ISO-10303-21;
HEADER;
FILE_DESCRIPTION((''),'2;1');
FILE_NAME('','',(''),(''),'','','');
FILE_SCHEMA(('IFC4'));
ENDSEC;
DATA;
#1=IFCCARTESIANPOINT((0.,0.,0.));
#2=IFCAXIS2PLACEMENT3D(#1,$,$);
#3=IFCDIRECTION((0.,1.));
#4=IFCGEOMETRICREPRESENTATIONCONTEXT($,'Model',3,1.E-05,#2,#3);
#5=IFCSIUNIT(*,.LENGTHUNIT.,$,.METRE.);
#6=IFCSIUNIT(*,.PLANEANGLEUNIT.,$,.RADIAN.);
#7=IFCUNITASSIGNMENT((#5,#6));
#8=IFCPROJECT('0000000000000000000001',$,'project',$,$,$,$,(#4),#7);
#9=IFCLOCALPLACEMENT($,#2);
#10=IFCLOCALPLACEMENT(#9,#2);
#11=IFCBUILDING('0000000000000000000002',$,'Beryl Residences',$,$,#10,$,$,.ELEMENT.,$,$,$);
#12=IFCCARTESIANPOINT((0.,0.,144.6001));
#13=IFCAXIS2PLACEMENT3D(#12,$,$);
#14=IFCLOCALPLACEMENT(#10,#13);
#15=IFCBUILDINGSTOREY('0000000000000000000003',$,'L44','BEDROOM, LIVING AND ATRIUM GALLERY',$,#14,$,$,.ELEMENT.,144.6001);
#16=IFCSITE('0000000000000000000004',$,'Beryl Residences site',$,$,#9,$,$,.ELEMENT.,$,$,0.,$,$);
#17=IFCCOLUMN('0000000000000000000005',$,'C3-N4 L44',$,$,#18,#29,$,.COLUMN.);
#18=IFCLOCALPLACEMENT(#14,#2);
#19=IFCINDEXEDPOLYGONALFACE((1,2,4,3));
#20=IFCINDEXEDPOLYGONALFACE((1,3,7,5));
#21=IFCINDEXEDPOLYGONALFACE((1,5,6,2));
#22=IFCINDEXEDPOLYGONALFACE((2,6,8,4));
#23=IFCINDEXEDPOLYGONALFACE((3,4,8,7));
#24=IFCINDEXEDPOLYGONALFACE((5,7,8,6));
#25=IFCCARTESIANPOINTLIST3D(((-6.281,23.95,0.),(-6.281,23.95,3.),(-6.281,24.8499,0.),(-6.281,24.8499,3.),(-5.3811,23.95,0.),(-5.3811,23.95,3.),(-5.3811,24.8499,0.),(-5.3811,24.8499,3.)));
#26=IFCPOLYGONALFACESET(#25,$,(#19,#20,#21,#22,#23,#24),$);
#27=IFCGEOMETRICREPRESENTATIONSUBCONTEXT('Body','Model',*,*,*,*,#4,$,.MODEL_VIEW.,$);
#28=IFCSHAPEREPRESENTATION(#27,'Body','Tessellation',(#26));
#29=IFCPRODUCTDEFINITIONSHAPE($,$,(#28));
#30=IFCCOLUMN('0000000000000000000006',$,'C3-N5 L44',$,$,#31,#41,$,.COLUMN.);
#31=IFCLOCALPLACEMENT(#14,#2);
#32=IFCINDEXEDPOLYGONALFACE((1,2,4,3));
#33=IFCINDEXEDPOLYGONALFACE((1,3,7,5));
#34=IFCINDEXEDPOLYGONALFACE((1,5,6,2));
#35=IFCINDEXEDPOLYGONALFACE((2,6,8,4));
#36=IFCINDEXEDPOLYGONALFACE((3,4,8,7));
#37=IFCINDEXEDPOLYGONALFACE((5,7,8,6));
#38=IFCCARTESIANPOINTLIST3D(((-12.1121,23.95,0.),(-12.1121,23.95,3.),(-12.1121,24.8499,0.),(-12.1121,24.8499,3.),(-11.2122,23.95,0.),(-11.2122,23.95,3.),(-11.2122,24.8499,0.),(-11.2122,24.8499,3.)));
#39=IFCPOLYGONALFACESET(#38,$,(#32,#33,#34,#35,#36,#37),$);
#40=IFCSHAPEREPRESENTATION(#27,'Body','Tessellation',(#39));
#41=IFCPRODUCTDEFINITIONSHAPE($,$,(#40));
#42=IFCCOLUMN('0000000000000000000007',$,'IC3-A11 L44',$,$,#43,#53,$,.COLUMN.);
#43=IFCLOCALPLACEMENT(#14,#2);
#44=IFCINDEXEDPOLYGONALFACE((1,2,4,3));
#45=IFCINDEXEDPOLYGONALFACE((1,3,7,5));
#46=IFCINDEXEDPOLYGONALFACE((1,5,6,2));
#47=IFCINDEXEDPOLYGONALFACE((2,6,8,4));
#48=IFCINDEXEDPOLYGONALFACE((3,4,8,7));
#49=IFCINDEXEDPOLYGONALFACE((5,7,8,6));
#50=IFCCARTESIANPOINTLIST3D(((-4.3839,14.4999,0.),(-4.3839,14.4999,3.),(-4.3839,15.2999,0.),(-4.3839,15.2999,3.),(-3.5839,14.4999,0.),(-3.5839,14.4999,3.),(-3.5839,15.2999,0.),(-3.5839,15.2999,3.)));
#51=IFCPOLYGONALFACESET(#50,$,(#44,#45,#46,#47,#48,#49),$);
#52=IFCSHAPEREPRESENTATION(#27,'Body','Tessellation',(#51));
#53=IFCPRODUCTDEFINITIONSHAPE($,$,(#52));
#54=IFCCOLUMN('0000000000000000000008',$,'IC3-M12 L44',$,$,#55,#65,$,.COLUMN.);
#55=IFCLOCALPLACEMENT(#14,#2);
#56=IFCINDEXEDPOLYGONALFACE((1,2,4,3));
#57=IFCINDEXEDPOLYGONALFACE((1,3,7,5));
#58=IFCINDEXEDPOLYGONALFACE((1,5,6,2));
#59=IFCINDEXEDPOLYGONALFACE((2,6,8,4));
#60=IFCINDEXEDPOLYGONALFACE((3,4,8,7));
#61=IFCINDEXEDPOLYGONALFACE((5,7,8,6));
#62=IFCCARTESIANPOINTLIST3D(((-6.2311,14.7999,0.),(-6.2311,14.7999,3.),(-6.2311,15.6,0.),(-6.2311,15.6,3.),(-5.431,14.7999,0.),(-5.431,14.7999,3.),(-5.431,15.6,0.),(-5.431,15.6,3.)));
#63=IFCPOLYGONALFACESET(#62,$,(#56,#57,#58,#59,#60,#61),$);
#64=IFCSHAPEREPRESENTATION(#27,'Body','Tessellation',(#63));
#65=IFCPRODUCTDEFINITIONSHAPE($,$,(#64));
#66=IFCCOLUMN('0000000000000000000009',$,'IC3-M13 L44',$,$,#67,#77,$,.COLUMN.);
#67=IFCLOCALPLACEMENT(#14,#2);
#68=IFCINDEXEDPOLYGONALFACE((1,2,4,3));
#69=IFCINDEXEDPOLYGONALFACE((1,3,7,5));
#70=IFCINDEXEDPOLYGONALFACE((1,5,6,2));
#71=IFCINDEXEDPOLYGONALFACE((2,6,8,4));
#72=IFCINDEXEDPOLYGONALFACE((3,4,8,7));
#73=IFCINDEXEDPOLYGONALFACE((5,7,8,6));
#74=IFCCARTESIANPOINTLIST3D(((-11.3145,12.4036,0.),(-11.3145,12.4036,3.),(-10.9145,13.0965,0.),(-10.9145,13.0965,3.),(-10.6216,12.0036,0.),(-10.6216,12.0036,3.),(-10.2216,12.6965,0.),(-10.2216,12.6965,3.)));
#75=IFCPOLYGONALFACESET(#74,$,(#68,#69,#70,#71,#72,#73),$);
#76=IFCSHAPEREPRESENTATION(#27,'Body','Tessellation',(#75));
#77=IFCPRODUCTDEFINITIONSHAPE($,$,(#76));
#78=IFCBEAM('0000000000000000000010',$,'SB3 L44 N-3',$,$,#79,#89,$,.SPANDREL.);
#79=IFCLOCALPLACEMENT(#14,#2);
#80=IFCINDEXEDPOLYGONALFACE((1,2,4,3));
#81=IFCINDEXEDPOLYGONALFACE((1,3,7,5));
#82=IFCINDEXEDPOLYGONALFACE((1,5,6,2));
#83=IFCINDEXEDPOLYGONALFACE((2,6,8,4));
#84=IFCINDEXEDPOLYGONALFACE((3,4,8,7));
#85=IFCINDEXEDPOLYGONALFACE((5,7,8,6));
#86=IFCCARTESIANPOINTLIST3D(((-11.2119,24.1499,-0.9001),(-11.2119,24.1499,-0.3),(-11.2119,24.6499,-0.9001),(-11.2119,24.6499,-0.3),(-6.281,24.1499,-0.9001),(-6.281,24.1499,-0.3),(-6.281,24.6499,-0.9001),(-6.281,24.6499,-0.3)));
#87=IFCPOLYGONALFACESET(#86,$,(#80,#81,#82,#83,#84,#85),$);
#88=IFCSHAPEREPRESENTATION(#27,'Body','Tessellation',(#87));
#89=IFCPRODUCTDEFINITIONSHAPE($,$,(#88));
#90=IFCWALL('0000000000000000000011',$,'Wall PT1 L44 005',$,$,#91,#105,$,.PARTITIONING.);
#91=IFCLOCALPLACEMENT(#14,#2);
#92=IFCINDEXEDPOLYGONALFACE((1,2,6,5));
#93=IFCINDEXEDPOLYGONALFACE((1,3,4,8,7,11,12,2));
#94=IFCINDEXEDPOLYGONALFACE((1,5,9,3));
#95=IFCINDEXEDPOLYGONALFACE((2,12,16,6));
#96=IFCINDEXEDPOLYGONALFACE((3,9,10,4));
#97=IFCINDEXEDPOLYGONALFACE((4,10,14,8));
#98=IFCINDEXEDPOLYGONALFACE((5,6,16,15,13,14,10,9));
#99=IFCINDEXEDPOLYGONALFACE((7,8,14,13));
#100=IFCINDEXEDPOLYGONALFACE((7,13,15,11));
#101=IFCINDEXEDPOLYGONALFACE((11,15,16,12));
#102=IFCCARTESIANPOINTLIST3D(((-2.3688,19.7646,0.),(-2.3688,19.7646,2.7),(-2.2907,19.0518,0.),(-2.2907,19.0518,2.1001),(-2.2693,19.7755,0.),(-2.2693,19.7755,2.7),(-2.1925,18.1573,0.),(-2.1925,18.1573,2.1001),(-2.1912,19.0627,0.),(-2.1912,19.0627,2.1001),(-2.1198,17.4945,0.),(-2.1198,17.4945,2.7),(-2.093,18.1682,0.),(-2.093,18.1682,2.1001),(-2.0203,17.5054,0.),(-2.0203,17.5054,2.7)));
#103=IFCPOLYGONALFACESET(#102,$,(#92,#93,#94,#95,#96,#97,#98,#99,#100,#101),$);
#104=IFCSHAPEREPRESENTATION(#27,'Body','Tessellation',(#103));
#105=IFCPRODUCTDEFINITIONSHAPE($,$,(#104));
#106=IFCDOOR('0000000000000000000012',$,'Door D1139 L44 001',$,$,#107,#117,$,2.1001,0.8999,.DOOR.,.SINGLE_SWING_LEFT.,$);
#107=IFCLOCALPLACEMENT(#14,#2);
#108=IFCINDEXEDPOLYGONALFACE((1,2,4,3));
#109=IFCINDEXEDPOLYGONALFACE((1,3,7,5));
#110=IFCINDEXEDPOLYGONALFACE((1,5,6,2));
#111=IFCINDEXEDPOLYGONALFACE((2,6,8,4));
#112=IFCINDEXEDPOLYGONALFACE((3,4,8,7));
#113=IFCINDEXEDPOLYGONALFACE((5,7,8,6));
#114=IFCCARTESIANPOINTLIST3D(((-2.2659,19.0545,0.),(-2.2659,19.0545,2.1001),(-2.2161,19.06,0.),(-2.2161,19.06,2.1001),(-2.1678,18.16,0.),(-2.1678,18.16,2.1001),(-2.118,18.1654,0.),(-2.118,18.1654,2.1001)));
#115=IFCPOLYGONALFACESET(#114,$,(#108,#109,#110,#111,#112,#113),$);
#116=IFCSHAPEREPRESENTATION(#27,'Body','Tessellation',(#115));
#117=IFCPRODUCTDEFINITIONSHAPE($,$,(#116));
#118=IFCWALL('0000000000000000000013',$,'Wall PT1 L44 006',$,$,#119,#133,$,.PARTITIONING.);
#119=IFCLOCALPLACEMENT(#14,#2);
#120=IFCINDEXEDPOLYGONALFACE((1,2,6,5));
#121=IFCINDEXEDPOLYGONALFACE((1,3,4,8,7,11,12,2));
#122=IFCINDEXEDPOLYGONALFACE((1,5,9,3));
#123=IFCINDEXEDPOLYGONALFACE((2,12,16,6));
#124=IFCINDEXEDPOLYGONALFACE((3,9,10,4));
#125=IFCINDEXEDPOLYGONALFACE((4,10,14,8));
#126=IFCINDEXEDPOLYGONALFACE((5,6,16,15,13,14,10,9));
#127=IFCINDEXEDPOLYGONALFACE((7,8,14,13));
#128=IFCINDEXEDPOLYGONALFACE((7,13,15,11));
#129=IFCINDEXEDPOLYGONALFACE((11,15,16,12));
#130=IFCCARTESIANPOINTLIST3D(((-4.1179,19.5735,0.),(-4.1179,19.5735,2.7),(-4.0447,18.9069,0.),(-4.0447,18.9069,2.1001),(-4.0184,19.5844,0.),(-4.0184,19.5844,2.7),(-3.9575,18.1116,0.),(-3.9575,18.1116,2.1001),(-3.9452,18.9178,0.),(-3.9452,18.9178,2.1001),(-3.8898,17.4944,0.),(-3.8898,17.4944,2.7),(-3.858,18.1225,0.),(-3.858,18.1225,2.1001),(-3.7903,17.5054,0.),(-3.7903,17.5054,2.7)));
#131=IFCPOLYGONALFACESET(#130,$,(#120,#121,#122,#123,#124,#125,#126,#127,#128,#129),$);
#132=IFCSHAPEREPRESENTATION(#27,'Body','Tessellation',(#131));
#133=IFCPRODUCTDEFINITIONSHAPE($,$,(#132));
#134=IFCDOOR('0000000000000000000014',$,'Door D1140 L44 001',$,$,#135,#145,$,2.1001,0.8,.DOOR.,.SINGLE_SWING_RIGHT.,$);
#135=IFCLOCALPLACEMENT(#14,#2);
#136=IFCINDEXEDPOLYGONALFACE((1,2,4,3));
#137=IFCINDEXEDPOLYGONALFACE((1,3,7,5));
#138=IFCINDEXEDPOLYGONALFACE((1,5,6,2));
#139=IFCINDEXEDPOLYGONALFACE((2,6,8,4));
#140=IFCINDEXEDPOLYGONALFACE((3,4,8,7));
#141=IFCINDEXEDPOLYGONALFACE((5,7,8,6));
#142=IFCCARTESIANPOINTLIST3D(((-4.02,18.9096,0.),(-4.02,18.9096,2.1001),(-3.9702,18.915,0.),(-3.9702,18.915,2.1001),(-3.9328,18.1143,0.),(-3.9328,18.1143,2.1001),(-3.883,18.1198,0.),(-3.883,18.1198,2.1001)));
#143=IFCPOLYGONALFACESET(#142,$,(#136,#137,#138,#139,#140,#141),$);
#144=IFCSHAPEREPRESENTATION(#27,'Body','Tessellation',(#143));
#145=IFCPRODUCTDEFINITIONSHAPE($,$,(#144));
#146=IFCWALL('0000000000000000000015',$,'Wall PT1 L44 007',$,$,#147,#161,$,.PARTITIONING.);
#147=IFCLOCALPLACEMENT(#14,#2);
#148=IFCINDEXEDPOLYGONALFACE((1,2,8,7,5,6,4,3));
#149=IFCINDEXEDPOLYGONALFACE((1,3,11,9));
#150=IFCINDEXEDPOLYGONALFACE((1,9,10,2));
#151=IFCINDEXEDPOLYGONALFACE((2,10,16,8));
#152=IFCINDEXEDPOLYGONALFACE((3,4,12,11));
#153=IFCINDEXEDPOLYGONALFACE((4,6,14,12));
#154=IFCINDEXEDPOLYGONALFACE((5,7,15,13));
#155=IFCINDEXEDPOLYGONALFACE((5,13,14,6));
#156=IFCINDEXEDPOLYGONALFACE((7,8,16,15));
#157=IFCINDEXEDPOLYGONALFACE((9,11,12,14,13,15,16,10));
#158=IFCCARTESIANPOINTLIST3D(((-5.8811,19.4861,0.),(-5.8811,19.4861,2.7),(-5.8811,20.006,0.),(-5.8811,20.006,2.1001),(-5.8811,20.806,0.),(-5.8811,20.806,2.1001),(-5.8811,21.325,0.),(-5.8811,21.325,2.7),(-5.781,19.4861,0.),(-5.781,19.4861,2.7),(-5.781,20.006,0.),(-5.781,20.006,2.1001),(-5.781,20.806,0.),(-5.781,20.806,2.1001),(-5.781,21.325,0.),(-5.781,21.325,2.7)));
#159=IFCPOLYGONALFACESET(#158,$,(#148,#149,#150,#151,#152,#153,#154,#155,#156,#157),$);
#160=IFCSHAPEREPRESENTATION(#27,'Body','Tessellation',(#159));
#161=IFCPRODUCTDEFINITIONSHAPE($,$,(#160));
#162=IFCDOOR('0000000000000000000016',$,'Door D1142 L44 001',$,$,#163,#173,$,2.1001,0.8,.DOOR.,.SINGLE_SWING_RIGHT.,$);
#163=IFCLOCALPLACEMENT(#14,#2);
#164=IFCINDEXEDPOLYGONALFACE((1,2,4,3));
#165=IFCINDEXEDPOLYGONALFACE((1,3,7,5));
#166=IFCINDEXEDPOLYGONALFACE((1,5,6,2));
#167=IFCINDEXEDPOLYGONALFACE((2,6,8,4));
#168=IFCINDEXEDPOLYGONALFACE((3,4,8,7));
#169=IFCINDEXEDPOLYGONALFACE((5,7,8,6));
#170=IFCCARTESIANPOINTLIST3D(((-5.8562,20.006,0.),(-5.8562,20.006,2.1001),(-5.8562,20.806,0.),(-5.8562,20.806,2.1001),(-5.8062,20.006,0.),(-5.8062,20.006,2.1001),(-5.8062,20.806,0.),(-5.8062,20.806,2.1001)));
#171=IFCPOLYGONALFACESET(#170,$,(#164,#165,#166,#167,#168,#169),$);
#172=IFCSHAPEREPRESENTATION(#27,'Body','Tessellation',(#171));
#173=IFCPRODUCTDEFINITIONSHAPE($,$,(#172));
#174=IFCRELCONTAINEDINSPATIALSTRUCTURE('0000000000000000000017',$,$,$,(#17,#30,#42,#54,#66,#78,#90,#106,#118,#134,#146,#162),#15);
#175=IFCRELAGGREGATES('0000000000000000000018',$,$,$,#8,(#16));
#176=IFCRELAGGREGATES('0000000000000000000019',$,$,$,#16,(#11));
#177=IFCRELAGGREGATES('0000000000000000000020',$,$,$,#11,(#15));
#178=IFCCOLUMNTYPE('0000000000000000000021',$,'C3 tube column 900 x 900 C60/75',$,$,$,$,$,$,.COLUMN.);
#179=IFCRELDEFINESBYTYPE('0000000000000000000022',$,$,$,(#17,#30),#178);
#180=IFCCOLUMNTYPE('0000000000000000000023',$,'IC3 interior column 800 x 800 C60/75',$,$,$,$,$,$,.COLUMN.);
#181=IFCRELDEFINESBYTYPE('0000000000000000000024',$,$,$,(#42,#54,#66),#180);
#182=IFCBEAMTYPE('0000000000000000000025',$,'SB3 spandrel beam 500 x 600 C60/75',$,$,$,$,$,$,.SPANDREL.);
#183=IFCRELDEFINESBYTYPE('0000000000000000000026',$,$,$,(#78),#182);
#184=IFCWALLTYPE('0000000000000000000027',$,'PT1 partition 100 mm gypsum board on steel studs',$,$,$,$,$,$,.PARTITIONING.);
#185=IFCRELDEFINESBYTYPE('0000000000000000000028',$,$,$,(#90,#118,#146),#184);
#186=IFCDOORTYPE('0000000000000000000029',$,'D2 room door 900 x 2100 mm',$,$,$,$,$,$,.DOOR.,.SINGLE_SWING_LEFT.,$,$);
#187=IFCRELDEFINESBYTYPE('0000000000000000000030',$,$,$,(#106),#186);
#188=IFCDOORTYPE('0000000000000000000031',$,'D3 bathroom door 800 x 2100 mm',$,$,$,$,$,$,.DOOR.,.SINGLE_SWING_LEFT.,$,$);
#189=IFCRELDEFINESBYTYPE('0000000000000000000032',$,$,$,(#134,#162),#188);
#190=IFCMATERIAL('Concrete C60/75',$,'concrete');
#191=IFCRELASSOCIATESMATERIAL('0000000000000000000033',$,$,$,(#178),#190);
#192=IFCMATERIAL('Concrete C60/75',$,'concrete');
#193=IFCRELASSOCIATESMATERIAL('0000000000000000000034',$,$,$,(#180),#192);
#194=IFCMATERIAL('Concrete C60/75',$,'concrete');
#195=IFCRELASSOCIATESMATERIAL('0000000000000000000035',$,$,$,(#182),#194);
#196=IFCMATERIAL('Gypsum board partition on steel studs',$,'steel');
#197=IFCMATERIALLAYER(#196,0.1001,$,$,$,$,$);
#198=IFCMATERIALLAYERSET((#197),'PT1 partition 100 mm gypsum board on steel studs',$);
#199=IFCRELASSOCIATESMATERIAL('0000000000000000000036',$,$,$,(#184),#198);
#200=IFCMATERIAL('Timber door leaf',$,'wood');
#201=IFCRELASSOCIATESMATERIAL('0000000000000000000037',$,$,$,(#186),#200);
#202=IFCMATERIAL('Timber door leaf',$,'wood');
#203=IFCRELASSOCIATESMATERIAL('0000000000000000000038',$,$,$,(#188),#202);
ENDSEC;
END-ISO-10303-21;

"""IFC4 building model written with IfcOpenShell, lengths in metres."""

from ifc_helpers import new_model, si_unit, direction, frame, frame_2d, origin, origin_2d, place, context, subcontext, project, spatial, rectangle, extrude, material, layer, layer_set, material_profile, profile_set, type_object, element, fill, save


model = new_model("IFC4")

# Units and contexts
model_context = context("Model", 3, precision=1e-05, world=origin(), true_north=direction((0.0, 1.0)))
body_context = subcontext(model_context, "Body", "Model", "MODEL_VIEW")
ifc_project = project(units=[si_unit("LENGTHUNIT", "METRE"), si_unit("PLANEANGLEUNIT", "RADIAN")], contexts=[model_context])

# Site, building, storey
site_placement = place(None, origin())
site = spatial("IfcSite", under=ifc_project, at=site_placement, Name="Beryl Residences site", CompositionType="ELEMENT", RefElevation=0.0)
building_placement = place(site_placement, origin())
building = spatial("IfcBuilding", under=site, at=building_placement, Name="Beryl Residences", CompositionType="ELEMENT")
storey_placement = place(building_placement, frame((0.0, 0.0, 144.6001)))
storey = spatial("IfcBuildingStorey", under=building, at=storey_placement, Name="L44", Description="BEDROOM, LIVING AND ATRIUM GALLERY", CompositionType="ELEMENT", Elevation=144.6001)

# Columns
ifc_material_1 = material(Name="Concrete C60/75", Category="concrete")
ifc_material_profile_1 = material_profile(ifc_material_1, rectangle(XDim=0.8999, YDim=0.8999, at=origin_2d()))
ifc_profile_set_1 = profile_set([ifc_material_profile_1], Name="Concrete C60/75")
column_type_1 = type_object("IfcColumnType", Name="C3 tube column 900 x 900 C60/75", PredefinedType="COLUMN", material=ifc_profile_set_1)
for number, where, z_axis, x_axis, name in (
    (1, (-5.8311, 24.3999, 0.0), (0.0, 0.0, 1.0), (-1.0, 0.0, 0.0), "C3-N4 L44"),
    (2, (-11.6621, 24.3999, 0.0), (0.0, 0.0, 1.0), (-1.0, 0.0, 0.0), "C3-N5 L44"),
):
    element("IfcColumn", number, at=place(storey_placement, frame(where, z_axis=z_axis, x_axis=x_axis)), inside=storey, type_object=column_type_1, Name=name, PredefinedType="COLUMN", context=body_context, shape_type="SweptSolid", body=[
        extrude(rectangle(XDim=0.8999, YDim=0.8999, at=origin_2d()), origin(), (0.0, 0.0, 1.0), 3.0),
    ])
ifc_material_2 = material(Name="Concrete C60/75", Category="concrete")
ifc_material_profile_2 = material_profile(ifc_material_2, rectangle(XDim=0.8, YDim=0.8, at=origin_2d()))
ifc_profile_set_2 = profile_set([ifc_material_profile_2], Name="Concrete C60/75")
column_type_2 = type_object("IfcColumnType", Name="IC3 interior column 800 x 800 C60/75", PredefinedType="COLUMN", material=ifc_profile_set_2)
for number, where, z_axis, x_axis, name in (
    (3, (-3.9839, 14.8999, 0.0), (0.0, 0.0, 1.0), (1.0, 0.0, 0.0), "IC3-A11 L44"),
    (4, (-5.8311, 15.2, 0.0), (0.0, 0.0, 1.0), (-1.0, 0.0, 0.0), "IC3-M12 L44"),
    (5, (-10.7681, 12.55, 0.0), (0.0, 0.0, 1.0), (-0.5, -0.866025, 0.0), "IC3-M13 L44"),
):
    element("IfcColumn", number, at=place(storey_placement, frame(where, z_axis=z_axis, x_axis=x_axis)), inside=storey, type_object=column_type_2, Name=name, PredefinedType="COLUMN", context=body_context, shape_type="SweptSolid", body=[
        extrude(rectangle(XDim=0.8, YDim=0.8, at=origin_2d()), origin(), (0.0, 0.0, 1.0), 3.0),
    ])

# Beam
ifc_material_3 = material(Name="Concrete C60/75", Category="concrete")
ifc_material_profile_3 = material_profile(ifc_material_3, rectangle(XDim=0.5, YDim=0.6001, at=origin_2d()))
ifc_profile_set_3 = profile_set([ifc_material_profile_3], Name="Concrete C60/75")
beam_type = type_object("IfcBeamType", Name="SB3 spandrel beam 500 x 600 C60/75", PredefinedType="SPANDREL", material=ifc_profile_set_3)
beam_placement = place(storey_placement, frame((-6.281, 24.3999, -0.6001), z_axis=(-1.0, 0.0, 0.0), x_axis=(0.0, -1.0, 0.0)))
element("IfcBeam", 6, at=beam_placement, inside=storey, type_object=beam_type, Name="SB3 L44 N-3", PredefinedType="SPANDREL", context=body_context, shape_type="SweptSolid", body=[
    extrude(rectangle(XDim=0.5, YDim=0.6001, at=origin_2d()), origin(), (0.0, 0.0, 1.0), 4.9309),
])

# Walls, openings, doors
ifc_material_4 = material(Name="Gypsum board partition on steel studs", Category="steel")
ifc_layer_1 = layer(ifc_material_4, 0.1001)
ifc_layer_set_1 = layer_set([ifc_layer_1], Name="PT1 partition 100 mm gypsum board on steel studs")
wall_type_1 = type_object("IfcWallType", Name="PT1 partition 100 mm gypsum board on steel studs", PredefinedType="PARTITIONING", material=ifc_layer_set_1)
wall_1_placement = place(storey_placement, frame((-2.3191, 19.77, 0.0), z_axis=(0.0, 0.0, 1.0), x_axis=(0.109047, -0.994037, 0.0)))
wall_1 = element("IfcWall", 7, at=wall_1_placement, inside=storey, type_object=wall_type_1, Name="Wall PT1 L44 005", PredefinedType="PARTITIONING", context=body_context, shape_type="SweptSolid", body=[
    extrude(rectangle(XDim=2.2837, YDim=0.1001, at=frame_2d((1.1418, 0.0))), origin(), (0.0, 0.0, 1.0), 2.7),
])
opening_1_placement = place(wall_1_placement, frame((0.717, 0.0, 0.0)))
opening_1 = element("IfcOpeningElement", 8, at=opening_1_placement, cuts=wall_1, PredefinedType="OPENING", context=body_context, shape_type="SweptSolid", body=[
    extrude(rectangle(XDim=0.8999, YDim=2.1001, at=frame_2d((0.45, 1.05))), frame((0.0, 0.0601, 0.0), z_axis=(0.0, -1.0, 0.0), x_axis=(1.0, 0.0, 0.0)), (0.0, 0.0, 1.0), 0.1201),
])
ifc_material_5 = material(Name="Timber door leaf", Category="wood")
door_type_1 = type_object("IfcDoorType", Name="D2 room door 900 x 2100 mm", OperationType="SINGLE_SWING_LEFT", PredefinedType="DOOR", material=ifc_material_5)
door_1_placement = place(opening_1_placement, origin())
door_1 = element("IfcDoor", 9, at=door_1_placement, inside=storey, type_object=door_type_1, Name="Door D1139 L44 001", OperationType="SINGLE_SWING_LEFT", OverallHeight=2.1001, OverallWidth=0.8999, PredefinedType="DOOR", context=body_context, shape_type="SweptSolid", body=[
    extrude(rectangle(XDim=0.8999, YDim=2.1001, at=frame_2d((0.45, 1.05))), frame((0.0, 0.0249, 0.0), z_axis=(0.0, -1.0, 0.0), x_axis=(1.0, 0.0, 0.0)), (0.0, 0.0, 1.0), 0.05),
])
fill(opening_1, door_1)
wall_2_placement = place(storey_placement, frame((-4.0681, 19.5791, 0.0), z_axis=(0.0, 0.0, 1.0), x_axis=(0.109022, -0.994039, 0.0)))
wall_2 = element("IfcWall", 10, at=wall_2_placement, inside=storey, type_object=wall_type_1, Name="Wall PT1 L44 006", PredefinedType="PARTITIONING", context=body_context, shape_type="SweptSolid", body=[
    extrude(rectangle(XDim=2.0916, YDim=0.1001, at=frame_2d((1.0459, 0.0))), origin(), (0.0, 0.0, 1.0), 2.7),
])
opening_2_placement = place(wall_2_placement, frame((0.6709, 0.0, 0.0)))
opening_2 = element("IfcOpeningElement", 11, at=opening_2_placement, cuts=wall_2, PredefinedType="OPENING", context=body_context, shape_type="SweptSolid", body=[
    extrude(rectangle(XDim=0.8, YDim=2.1001, at=frame_2d((0.3999, 1.05))), frame((0.0, 0.0601, 0.0), z_axis=(0.0, -1.0, 0.0), x_axis=(1.0, 0.0, 0.0)), (0.0, 0.0, 1.0), 0.1201),
])
ifc_material_6 = material(Name="Timber door leaf", Category="wood")
door_type_2 = type_object("IfcDoorType", Name="D3 bathroom door 800 x 2100 mm", OperationType="SINGLE_SWING_LEFT", PredefinedType="DOOR", material=ifc_material_6)
door_2_placement = place(opening_2_placement, origin())
door_2 = element("IfcDoor", 12, at=door_2_placement, inside=storey, type_object=door_type_2, Name="Door D1140 L44 001", OperationType="SINGLE_SWING_RIGHT", OverallHeight=2.1001, OverallWidth=0.8, PredefinedType="DOOR", context=body_context, shape_type="SweptSolid", body=[
    extrude(rectangle(XDim=0.8, YDim=2.1001, at=frame_2d((0.3999, 1.05))), frame((0.0, 0.0249, 0.0), z_axis=(0.0, -1.0, 0.0), x_axis=(1.0, 0.0, 0.0)), (0.0, 0.0, 1.0), 0.05),
])
fill(opening_2, door_2)
wall_3_placement = place(storey_placement, frame((-5.8311, 21.325, 0.0), z_axis=(0.0, 0.0, 1.0), x_axis=(0.0, -1.0, 0.0)))
wall_3 = element("IfcWall", 13, at=wall_3_placement, inside=storey, type_object=wall_type_1, Name="Wall PT1 L44 007", PredefinedType="PARTITIONING", context=body_context, shape_type="SweptSolid", body=[
    extrude(rectangle(XDim=1.8389, YDim=0.1001, at=frame_2d((0.9194, 0.0))), origin(), (0.0, 0.0, 1.0), 2.7),
])
opening_3_placement = place(wall_3_placement, frame((0.519, 0.0, 0.0)))
opening_3 = element("IfcOpeningElement", 14, at=opening_3_placement, cuts=wall_3, PredefinedType="OPENING", context=body_context, shape_type="SweptSolid", body=[
    extrude(rectangle(XDim=0.8, YDim=2.1001, at=frame_2d((0.3999, 1.05))), frame((0.0, 0.0601, 0.0), z_axis=(0.0, -1.0, 0.0), x_axis=(1.0, 0.0, 0.0)), (0.0, 0.0, 1.0), 0.1201),
])
door_3_placement = place(opening_3_placement, origin())
door_3 = element("IfcDoor", 15, at=door_3_placement, inside=storey, type_object=door_type_2, Name="Door D1142 L44 001", OperationType="SINGLE_SWING_RIGHT", OverallHeight=2.1001, OverallWidth=0.8, PredefinedType="DOOR", context=body_context, shape_type="SweptSolid", body=[
    extrude(rectangle(XDim=0.8, YDim=2.1001, at=frame_2d((0.3999, 1.05))), frame((0.0, 0.0249, 0.0), z_axis=(0.0, -1.0, 0.0), x_axis=(1.0, 0.0, 0.0)), (0.0, 0.0, 1.0), 0.05),
])
fill(opening_3, door_3)

save(model, "model.ifc")
